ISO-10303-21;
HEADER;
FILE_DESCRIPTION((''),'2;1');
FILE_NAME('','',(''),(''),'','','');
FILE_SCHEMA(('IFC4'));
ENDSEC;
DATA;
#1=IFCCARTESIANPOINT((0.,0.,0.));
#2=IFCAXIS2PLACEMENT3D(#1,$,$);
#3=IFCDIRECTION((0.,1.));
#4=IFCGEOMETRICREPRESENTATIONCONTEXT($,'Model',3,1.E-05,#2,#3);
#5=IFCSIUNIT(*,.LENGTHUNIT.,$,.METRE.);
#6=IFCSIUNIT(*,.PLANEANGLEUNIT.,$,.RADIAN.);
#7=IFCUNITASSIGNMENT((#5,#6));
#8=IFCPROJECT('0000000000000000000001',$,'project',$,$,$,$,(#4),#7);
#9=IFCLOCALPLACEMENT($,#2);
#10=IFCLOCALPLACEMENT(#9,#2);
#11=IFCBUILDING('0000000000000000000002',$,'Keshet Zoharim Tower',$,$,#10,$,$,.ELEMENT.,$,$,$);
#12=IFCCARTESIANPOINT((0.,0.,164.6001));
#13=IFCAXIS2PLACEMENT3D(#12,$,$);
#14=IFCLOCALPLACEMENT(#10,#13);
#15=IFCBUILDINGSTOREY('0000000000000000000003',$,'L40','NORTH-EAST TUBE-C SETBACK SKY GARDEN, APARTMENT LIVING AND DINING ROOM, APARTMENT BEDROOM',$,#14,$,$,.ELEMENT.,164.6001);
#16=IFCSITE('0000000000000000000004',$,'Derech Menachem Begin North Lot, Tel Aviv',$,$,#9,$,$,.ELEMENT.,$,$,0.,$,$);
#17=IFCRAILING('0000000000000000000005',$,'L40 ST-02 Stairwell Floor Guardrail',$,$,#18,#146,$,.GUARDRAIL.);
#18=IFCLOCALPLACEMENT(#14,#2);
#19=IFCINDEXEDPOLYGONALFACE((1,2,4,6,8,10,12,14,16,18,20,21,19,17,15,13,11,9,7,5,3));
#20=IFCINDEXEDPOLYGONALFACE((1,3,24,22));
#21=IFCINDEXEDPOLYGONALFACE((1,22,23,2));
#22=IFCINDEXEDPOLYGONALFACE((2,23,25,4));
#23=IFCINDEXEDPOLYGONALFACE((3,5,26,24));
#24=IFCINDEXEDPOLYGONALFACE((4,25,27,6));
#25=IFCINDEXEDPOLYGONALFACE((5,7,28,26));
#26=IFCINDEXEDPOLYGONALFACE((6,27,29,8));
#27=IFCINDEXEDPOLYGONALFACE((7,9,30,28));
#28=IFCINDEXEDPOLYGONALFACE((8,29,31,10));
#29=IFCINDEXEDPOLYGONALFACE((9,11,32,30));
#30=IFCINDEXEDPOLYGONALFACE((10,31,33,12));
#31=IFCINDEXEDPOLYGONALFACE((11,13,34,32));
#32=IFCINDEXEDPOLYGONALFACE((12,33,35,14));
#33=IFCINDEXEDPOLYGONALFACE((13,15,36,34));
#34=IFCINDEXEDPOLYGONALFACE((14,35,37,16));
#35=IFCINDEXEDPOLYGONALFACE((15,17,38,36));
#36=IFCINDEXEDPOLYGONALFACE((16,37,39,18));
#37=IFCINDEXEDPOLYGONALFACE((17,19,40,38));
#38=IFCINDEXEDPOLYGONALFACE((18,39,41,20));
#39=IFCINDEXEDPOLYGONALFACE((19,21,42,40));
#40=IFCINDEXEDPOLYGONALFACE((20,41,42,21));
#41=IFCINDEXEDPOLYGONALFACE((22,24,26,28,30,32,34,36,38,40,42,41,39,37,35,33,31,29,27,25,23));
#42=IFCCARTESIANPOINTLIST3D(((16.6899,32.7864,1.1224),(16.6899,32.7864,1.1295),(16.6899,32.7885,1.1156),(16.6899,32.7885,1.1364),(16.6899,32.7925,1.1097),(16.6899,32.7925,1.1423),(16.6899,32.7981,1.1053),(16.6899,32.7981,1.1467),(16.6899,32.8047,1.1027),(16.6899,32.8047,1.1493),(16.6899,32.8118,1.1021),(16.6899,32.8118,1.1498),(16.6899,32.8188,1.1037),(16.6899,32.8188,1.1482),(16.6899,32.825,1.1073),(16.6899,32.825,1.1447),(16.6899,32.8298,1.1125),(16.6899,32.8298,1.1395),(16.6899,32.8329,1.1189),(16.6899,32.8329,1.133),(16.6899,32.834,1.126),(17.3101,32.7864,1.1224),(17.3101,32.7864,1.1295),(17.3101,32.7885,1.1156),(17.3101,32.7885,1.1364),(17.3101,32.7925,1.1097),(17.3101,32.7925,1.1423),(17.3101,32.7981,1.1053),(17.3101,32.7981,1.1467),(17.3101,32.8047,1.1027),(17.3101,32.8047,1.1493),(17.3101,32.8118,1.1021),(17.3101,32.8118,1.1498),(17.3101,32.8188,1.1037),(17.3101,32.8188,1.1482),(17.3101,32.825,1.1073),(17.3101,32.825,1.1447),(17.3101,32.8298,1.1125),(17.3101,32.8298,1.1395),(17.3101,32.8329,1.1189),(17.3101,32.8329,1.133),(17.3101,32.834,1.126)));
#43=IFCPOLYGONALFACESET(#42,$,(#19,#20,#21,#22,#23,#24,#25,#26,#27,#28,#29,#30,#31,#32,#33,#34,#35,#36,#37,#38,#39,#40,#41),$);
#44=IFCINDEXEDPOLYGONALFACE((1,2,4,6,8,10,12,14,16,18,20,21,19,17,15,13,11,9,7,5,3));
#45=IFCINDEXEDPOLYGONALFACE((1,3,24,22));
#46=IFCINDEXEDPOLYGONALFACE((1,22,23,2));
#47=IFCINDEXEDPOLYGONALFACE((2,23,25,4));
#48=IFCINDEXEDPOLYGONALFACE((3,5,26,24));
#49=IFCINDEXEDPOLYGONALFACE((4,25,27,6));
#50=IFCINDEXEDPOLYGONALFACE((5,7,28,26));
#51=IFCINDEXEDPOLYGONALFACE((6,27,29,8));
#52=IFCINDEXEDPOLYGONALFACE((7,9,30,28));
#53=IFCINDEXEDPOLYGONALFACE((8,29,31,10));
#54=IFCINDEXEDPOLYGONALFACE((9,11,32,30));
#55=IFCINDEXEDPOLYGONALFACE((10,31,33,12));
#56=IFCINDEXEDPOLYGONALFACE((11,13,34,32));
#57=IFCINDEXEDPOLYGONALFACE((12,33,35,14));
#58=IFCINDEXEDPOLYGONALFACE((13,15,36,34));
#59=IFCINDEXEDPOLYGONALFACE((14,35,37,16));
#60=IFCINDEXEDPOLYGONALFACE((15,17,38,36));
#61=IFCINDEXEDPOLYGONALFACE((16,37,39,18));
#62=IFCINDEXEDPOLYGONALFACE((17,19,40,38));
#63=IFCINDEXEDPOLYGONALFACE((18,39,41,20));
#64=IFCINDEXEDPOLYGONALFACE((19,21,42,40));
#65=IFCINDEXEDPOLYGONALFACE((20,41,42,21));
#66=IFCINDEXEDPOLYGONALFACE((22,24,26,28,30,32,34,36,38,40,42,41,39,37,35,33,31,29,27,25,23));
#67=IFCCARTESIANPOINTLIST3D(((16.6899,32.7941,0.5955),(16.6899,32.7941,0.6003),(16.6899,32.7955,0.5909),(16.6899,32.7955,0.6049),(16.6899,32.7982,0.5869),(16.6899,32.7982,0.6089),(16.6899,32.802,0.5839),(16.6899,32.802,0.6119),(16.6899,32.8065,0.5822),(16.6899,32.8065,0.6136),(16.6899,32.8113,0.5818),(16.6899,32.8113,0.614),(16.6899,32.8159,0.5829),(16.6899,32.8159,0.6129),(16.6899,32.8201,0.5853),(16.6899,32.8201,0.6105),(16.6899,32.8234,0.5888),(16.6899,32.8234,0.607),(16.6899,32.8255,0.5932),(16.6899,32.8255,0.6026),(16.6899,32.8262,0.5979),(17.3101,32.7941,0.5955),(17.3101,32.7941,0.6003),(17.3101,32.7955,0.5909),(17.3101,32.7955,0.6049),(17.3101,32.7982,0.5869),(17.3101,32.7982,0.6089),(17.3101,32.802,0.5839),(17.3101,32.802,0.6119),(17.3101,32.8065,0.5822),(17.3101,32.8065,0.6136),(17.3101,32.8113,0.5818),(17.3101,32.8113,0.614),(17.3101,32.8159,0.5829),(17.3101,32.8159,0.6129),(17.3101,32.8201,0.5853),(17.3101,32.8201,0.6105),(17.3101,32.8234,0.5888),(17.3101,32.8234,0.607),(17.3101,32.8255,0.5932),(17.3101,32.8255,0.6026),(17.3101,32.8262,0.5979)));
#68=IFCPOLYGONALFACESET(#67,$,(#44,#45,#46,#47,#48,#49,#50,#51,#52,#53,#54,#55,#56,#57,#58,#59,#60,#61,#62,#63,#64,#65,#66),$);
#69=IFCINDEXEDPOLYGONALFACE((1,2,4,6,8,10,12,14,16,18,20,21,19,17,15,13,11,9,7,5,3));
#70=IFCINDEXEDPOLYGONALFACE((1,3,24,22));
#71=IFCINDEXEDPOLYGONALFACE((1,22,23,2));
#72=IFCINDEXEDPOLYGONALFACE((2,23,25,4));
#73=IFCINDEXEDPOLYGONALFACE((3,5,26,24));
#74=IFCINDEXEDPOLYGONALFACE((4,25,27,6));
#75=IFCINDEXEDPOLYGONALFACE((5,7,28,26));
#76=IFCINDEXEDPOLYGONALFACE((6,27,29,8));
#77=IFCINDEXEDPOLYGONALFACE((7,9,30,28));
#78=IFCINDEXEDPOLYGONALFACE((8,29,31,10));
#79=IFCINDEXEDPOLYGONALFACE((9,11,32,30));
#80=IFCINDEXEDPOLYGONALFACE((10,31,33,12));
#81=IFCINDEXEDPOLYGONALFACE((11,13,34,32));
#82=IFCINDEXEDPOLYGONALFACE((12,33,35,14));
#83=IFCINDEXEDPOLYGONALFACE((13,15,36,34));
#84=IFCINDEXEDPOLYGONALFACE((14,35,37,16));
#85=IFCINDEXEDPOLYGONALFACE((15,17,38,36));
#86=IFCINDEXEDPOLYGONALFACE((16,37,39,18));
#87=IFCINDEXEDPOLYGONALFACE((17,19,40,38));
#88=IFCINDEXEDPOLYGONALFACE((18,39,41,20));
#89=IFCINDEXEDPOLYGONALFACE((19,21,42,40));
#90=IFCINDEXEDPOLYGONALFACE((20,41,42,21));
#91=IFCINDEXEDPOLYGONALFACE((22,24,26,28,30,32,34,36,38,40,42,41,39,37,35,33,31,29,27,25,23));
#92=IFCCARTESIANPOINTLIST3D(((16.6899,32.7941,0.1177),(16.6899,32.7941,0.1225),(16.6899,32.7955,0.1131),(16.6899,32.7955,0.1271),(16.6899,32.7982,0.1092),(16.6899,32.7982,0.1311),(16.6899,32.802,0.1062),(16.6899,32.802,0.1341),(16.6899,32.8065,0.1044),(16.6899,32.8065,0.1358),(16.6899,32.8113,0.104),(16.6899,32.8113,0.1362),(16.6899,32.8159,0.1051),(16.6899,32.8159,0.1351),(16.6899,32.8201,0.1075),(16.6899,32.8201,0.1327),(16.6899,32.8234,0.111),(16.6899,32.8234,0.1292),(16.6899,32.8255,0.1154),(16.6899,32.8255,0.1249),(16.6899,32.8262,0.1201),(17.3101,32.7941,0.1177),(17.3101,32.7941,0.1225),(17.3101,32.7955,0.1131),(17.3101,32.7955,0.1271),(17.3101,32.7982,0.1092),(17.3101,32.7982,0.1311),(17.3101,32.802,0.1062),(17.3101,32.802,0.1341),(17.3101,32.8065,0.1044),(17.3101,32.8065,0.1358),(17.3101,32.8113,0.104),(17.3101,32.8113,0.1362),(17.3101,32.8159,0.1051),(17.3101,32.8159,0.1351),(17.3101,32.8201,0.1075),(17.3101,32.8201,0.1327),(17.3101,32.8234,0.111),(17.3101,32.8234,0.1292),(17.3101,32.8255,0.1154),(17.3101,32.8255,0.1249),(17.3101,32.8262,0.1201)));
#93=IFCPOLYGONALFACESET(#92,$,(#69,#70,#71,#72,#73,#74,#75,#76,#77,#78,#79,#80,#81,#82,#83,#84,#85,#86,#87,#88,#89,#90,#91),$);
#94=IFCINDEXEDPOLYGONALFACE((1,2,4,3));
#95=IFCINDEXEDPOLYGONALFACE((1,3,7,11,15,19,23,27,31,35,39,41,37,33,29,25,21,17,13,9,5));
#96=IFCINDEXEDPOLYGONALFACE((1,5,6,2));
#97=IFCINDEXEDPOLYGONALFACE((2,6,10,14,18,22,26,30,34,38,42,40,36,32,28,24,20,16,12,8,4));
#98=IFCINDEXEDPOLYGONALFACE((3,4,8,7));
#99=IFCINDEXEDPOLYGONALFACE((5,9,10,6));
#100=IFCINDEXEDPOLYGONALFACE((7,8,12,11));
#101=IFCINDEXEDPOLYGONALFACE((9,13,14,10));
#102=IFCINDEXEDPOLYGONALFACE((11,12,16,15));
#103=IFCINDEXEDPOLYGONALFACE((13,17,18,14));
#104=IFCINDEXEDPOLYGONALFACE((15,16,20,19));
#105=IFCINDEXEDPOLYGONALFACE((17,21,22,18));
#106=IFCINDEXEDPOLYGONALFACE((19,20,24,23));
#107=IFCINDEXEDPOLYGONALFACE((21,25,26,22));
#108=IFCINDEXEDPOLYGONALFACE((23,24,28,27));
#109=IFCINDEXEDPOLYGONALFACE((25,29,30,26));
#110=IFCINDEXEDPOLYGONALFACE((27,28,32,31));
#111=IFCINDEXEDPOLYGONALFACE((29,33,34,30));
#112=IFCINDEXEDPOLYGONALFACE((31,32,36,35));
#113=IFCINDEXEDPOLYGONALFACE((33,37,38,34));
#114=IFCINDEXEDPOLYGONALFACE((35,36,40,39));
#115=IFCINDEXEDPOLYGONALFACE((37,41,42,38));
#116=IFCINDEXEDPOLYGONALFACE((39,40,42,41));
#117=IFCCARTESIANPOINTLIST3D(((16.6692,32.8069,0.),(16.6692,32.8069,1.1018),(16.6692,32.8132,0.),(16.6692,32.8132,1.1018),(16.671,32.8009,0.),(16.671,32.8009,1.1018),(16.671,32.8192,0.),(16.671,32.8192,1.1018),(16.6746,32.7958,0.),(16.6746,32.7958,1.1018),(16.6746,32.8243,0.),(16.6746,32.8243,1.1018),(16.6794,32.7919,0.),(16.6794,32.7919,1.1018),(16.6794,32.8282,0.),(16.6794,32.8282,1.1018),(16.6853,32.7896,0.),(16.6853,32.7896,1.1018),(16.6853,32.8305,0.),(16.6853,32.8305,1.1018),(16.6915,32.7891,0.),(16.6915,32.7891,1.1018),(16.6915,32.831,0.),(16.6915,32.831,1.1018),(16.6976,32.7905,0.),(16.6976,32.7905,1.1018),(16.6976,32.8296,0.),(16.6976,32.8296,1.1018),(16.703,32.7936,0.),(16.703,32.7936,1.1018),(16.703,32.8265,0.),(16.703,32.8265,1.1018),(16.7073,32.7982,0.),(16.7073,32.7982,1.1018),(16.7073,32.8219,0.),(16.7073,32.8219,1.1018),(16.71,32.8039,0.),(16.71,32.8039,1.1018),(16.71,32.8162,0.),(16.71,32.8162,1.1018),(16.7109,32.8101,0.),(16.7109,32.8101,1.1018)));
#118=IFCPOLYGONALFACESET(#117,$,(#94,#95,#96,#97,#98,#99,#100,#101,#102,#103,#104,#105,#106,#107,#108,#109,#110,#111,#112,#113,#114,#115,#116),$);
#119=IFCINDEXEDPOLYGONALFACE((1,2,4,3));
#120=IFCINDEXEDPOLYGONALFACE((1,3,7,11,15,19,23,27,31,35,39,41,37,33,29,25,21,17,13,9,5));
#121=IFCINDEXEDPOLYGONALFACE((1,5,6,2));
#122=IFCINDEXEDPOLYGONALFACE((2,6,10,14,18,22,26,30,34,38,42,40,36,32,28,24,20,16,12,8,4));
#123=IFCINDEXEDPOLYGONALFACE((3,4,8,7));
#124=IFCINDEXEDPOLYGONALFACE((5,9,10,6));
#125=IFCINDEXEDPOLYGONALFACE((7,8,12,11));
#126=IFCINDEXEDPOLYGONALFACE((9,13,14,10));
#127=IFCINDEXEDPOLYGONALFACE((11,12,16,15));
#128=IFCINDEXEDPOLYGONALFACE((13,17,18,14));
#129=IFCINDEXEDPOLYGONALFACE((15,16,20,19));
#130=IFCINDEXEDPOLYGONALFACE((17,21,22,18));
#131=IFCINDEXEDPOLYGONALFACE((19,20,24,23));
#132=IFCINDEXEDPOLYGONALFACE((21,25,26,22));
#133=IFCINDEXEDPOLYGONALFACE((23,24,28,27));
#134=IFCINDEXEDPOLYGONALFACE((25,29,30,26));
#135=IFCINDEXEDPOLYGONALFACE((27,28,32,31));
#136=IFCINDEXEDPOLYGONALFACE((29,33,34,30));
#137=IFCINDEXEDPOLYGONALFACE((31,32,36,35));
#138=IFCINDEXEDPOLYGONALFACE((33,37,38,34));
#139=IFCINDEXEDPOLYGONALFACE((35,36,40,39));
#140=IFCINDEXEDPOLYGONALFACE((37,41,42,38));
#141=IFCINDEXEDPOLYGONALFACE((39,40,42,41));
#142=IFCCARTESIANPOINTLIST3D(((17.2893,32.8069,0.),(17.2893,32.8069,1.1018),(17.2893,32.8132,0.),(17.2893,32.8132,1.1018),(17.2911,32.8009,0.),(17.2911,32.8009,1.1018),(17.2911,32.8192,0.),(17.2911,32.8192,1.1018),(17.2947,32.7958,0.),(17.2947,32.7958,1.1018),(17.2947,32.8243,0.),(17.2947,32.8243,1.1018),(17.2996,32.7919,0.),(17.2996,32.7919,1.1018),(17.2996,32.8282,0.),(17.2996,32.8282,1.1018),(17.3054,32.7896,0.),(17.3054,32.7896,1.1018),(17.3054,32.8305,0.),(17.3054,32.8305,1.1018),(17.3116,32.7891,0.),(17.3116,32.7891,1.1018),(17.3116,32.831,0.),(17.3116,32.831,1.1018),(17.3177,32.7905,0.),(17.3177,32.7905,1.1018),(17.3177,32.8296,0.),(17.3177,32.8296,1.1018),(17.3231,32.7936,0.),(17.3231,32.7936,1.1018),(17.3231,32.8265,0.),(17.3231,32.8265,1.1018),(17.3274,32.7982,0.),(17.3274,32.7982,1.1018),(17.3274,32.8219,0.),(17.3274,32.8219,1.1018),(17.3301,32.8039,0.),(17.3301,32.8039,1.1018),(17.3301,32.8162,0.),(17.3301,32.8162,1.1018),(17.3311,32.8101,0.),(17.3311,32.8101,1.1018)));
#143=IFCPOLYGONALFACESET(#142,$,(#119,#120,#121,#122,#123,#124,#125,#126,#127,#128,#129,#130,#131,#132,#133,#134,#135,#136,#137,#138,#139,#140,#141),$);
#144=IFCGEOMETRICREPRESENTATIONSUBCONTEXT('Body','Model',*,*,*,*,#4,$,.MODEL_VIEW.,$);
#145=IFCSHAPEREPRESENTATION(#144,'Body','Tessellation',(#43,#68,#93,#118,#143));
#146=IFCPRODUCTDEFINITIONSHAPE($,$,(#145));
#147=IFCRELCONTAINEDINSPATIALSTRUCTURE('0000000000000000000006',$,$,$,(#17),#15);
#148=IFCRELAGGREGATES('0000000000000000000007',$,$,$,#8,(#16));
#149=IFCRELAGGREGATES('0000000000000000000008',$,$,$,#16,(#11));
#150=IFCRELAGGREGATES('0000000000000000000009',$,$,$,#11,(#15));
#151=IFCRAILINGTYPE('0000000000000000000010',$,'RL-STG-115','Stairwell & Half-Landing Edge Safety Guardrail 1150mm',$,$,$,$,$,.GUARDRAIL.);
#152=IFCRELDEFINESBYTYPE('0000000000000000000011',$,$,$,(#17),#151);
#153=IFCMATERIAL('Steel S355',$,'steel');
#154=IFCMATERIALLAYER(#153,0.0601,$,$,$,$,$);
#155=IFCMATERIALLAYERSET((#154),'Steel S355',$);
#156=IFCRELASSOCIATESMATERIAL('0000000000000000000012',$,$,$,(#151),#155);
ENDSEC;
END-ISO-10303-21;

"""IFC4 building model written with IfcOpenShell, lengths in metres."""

from ifc_helpers import new_model, si_unit, direction, frame, origin, origin_2d, place, context, subcontext, project, spatial, circle, extrude, material, layer, layer_set, type_object, element, save


model = new_model("IFC4")

# Units and contexts
model_context = context("Model", 3, precision=1e-05, world=origin(), true_north=direction((0.0, 1.0)))
body_context = subcontext(model_context, "Body", "Model", "MODEL_VIEW")
ifc_project = project(units=[si_unit("LENGTHUNIT", "METRE"), si_unit("PLANEANGLEUNIT", "RADIAN")], contexts=[model_context])

# Site, building, storey
site_placement = place(None, origin())
site = spatial("IfcSite", under=ifc_project, at=site_placement, Name="Derech Menachem Begin North Lot, Tel Aviv", CompositionType="ELEMENT", RefElevation=0.0)
building_placement = place(site_placement, origin())
building = spatial("IfcBuilding", under=site, at=building_placement, Name="Keshet Zoharim Tower", CompositionType="ELEMENT")
storey_placement = place(building_placement, frame((0.0, 0.0, 164.6001)))
storey = spatial("IfcBuildingStorey", under=building, at=storey_placement, Name="L40", Description="NORTH-EAST TUBE-C SETBACK SKY GARDEN, APARTMENT LIVING AND DINING ROOM, APARTMENT BEDROOM", CompositionType="ELEMENT", Elevation=164.6001)

# Shared definitions
ifc_material_1 = material(Name="Steel S355", Category="steel")

# Railing
ifc_layer_1 = layer(ifc_material_1, 0.0601)
ifc_layer_set_1 = layer_set([ifc_layer_1], Name="Steel S355")
railing_type_1 = type_object("IfcRailingType", Name="RL-STG-115", Description="Stairwell & Half-Landing Edge Safety Guardrail 1150mm", PredefinedType="GUARDRAIL", material=ifc_layer_set_1)
railing_1_placement = place(storey_placement, frame((16.6899, 32.8101, 0.0)))
element("IfcRailing", 1, at=railing_1_placement, inside=storey, type_object=railing_type_1, Name="L40 ST-02 Stairwell Floor Guardrail", PredefinedType="GUARDRAIL", context=body_context, shape_type="SweptSolid", body=[
    extrude(circle(Radius=0.0239, at=origin_2d()), frame((0.0, 0.0, 1.126), z_axis=(1.0, 0.0, 0.0), x_axis=(0.0, 1.0, 0.0)), (0.0, 0.0, 1.0), 0.6201),
    extrude(circle(Radius=0.0161, at=origin_2d()), frame((0.0, 0.0, 0.5979), z_axis=(1.0, 0.0, 0.0), x_axis=(0.0, 1.0, 0.0)), (0.0, 0.0, 1.0), 0.6201),
    extrude(circle(Radius=0.0161, at=origin_2d()), frame((0.0, 0.0, 0.1201), z_axis=(1.0, 0.0, 0.0), x_axis=(0.0, 1.0, 0.0)), (0.0, 0.0, 1.0), 0.6201),
    extrude(circle(Radius=0.021, at=origin_2d()), origin(), (0.0, 0.0, 1.0), 1.1018),
    extrude(circle(Radius=0.021, at=origin_2d()), frame((0.6201, 0.0, 0.0)), (0.0, 0.0, 1.0), 1.1018),
])

save(model, "model.ifc")
